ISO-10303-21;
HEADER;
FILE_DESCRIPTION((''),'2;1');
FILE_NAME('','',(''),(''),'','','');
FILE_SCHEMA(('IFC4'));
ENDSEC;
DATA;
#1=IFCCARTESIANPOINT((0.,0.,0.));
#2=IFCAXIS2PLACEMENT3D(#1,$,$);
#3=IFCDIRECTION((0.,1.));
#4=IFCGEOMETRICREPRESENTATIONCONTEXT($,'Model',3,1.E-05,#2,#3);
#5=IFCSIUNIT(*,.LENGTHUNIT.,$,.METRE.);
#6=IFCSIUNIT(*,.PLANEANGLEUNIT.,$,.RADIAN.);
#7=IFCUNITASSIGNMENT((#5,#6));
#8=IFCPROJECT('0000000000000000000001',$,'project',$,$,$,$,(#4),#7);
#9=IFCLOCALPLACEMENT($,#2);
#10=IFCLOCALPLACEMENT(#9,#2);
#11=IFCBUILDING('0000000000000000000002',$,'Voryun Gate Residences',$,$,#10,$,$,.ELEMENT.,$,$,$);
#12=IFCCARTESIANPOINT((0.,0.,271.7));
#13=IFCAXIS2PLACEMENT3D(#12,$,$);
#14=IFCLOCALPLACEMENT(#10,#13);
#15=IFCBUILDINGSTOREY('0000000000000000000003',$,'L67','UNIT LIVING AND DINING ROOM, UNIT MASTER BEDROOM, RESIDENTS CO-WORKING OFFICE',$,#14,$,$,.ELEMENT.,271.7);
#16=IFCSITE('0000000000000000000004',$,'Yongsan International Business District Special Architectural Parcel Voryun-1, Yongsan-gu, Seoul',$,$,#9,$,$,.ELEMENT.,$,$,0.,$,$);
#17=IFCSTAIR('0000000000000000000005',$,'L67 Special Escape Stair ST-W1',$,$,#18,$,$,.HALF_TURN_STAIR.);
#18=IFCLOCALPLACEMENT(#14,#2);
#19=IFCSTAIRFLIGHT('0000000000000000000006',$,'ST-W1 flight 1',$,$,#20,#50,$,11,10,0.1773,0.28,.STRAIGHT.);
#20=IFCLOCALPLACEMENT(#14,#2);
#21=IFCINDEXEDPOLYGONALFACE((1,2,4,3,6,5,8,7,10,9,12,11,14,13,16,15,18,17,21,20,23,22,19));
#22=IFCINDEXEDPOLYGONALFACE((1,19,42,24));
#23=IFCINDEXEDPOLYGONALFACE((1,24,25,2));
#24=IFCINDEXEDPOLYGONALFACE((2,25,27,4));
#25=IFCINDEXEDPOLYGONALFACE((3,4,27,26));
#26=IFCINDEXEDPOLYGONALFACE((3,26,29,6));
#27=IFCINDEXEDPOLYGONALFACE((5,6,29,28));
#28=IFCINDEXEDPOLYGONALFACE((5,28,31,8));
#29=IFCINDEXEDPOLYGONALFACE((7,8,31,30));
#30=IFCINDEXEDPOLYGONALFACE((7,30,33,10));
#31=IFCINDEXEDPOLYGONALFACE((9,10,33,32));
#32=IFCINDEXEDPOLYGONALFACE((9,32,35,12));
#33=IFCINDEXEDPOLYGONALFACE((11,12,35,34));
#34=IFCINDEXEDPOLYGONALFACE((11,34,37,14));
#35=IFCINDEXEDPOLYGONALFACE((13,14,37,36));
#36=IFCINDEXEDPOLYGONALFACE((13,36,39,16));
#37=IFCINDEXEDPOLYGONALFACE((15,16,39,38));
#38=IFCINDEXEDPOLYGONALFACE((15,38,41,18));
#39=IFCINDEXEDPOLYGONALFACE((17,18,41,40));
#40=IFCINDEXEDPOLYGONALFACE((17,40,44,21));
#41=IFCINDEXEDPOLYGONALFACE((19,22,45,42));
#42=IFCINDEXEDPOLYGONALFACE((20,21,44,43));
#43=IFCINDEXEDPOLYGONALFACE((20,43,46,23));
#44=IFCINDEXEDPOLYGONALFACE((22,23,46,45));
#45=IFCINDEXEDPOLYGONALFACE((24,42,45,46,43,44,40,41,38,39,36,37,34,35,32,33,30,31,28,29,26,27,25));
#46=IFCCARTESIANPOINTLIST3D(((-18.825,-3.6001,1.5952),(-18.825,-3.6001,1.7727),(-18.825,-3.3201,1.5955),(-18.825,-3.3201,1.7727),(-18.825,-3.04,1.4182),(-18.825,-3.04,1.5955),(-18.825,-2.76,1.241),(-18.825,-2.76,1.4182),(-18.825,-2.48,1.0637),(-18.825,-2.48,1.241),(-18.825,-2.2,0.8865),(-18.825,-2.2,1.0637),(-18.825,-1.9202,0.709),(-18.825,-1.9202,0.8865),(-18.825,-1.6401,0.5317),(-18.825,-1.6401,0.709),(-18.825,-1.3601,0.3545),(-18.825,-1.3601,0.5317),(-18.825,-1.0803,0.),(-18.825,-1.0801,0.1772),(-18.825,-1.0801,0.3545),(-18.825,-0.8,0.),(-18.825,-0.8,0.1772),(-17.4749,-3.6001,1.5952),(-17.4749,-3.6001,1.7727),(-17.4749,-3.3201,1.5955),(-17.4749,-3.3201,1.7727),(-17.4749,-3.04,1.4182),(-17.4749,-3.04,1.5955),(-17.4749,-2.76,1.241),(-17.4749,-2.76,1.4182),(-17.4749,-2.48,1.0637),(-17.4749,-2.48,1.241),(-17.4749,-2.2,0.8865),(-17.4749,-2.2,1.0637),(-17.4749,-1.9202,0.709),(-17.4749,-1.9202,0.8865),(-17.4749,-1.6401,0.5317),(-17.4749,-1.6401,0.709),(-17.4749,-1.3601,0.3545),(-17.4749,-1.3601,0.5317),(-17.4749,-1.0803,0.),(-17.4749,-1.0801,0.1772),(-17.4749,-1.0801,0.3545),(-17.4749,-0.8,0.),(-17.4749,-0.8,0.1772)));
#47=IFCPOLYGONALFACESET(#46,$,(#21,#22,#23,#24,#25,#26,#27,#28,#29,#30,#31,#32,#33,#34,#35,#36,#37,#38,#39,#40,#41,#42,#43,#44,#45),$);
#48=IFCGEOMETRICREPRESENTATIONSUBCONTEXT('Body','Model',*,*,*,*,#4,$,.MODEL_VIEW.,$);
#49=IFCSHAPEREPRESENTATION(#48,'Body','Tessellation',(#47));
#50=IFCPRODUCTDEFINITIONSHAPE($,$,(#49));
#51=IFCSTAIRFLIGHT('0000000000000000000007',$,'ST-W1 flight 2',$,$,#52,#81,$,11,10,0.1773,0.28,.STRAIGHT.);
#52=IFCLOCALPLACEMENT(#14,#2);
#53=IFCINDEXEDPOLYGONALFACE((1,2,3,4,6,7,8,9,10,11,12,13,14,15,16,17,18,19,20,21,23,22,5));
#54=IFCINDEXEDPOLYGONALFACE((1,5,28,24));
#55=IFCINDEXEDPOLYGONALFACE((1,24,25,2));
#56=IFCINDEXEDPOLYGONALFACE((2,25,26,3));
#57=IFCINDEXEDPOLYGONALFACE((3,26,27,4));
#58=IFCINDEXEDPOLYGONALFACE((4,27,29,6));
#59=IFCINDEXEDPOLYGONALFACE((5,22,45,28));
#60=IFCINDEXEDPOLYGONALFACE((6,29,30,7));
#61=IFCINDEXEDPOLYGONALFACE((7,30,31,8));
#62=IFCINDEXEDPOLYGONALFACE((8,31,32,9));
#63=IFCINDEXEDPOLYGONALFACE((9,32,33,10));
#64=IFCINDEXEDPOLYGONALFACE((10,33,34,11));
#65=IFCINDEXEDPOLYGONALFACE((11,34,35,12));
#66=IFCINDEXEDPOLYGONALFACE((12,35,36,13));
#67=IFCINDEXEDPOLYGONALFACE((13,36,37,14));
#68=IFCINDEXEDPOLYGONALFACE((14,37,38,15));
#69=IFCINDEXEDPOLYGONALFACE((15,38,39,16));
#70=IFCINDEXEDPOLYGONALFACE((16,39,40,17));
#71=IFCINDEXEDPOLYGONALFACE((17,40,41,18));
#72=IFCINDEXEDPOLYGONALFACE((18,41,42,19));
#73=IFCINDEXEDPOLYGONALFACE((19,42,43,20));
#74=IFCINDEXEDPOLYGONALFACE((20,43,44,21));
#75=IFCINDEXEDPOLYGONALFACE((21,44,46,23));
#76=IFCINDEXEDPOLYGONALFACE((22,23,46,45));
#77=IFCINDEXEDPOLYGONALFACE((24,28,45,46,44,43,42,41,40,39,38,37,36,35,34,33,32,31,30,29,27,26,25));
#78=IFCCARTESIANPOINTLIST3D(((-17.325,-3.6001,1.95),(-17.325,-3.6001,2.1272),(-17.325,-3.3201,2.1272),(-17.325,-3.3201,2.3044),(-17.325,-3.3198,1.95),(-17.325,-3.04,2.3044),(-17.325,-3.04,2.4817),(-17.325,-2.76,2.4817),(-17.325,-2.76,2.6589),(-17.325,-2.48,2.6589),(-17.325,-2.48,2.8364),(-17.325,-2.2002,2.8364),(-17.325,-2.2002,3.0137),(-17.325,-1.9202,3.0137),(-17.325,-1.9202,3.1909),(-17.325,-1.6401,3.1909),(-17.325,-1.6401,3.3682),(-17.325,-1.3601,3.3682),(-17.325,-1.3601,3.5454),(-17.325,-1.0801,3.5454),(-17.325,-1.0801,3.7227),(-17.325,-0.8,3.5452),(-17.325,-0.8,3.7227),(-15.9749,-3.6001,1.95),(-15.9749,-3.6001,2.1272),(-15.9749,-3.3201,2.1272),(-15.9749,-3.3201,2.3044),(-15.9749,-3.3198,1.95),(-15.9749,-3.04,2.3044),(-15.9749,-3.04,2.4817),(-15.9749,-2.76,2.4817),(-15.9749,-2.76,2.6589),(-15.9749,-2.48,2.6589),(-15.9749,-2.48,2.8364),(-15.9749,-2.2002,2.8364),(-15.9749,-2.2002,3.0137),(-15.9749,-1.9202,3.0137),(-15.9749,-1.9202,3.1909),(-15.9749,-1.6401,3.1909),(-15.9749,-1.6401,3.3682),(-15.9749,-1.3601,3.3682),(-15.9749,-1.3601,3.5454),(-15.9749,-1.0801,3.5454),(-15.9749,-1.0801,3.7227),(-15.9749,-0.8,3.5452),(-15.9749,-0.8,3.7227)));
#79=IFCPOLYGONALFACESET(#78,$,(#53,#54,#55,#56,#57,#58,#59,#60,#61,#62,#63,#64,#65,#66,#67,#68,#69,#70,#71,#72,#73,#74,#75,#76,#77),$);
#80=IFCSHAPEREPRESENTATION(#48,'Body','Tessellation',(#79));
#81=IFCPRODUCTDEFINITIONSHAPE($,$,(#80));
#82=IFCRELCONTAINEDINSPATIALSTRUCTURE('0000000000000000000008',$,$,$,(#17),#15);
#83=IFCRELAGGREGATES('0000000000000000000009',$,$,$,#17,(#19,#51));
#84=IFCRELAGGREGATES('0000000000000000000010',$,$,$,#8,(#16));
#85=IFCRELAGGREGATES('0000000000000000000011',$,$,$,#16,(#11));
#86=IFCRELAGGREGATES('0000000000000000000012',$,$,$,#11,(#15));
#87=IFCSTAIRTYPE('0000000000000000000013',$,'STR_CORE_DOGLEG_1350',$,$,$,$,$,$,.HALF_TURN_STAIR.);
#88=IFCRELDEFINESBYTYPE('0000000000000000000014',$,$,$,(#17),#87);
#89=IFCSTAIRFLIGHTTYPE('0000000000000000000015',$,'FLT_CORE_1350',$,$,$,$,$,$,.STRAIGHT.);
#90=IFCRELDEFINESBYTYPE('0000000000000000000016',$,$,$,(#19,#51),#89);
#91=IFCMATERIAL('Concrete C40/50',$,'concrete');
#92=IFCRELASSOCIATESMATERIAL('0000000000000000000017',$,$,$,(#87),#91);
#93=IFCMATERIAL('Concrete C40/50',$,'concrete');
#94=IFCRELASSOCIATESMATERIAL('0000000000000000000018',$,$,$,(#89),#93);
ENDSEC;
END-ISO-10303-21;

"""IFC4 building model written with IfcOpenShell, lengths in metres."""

from ifc_helpers import new_model, si_unit, direction, frame, origin, place, context, subcontext, project, spatial, polyline, outline, extrude, material, type_object, element, aggregate, save


model = new_model("IFC4")

# Units and contexts
model_context = context("Model", 3, precision=1e-05, world=origin(), true_north=direction((0.0, 1.0)))
body_context = subcontext(model_context, "Body", "Model", "MODEL_VIEW")
ifc_project = project(units=[si_unit("LENGTHUNIT", "METRE"), si_unit("PLANEANGLEUNIT", "RADIAN")], contexts=[model_context])

# Site, building, storey
site_placement = place(None, origin())
site = spatial("IfcSite", under=ifc_project, at=site_placement, Name="Yongsan International Business District Special Architectural Parcel Voryun-1, Yongsan-gu, Seoul", CompositionType="ELEMENT", RefElevation=0.0)
building_placement = place(site_placement, origin())
building = spatial("IfcBuilding", under=site, at=building_placement, Name="Voryun Gate Residences", CompositionType="ELEMENT")
storey_placement = place(building_placement, frame((0.0, 0.0, 271.7)))
storey = spatial("IfcBuildingStorey", under=building, at=storey_placement, Name="L67", Description="UNIT LIVING AND DINING ROOM, UNIT MASTER BEDROOM, RESIDENTS CO-WORKING OFFICE", CompositionType="ELEMENT", Elevation=271.7)

# Stair, stair flights
ifc_material_1 = material(Name="Concrete C40/50", Category="concrete")
stair_type = type_object("IfcStairType", Name="STR_CORE_DOGLEG_1350", PredefinedType="HALF_TURN_STAIR", material=ifc_material_1)
stair_placement = place(storey_placement, origin())
stair = element("IfcStair", 1, at=stair_placement, inside=storey, type_object=stair_type, Name="L67 Special Escape Stair ST-W1", PredefinedType="HALF_TURN_STAIR")
ifc_material_2 = material(Name="Concrete C40/50", Category="concrete")
stair_flight_type = type_object("IfcStairFlightType", Name="FLT_CORE_1350", PredefinedType="STRAIGHT", material=ifc_material_2)
stair_flight_1_placement = place(storey_placement, frame((-18.1499, -0.8, 0.0), z_axis=(0.0, 0.0, 1.0), x_axis=(0.0, -1.0, 0.0)))
stair_flight_1 = element("IfcStairFlight", 2, at=stair_flight_1_placement, type_object=stair_flight_type, Name="ST-W1 flight 1", NumberOfRisers=11, NumberOfTreads=10, PredefinedType="STRAIGHT", RiserHeight=0.1773, TreadLength=0.28, context=body_context, shape_type="SweptSolid", body=[
    extrude(outline(polyline([(0.0, 0.0), (0.0, 0.1772), (0.28, 0.1772), (0.28, 0.3545), (0.5601, 0.3545), (0.5601, 0.5317), (0.8401, 0.5317), (0.8401, 0.709), (1.1201, 0.709), (1.1201, 0.8865), (1.3999, 0.8865), (1.3999, 1.0637), (1.6799, 1.0637), (1.6799, 1.241), (1.96, 1.241), (1.96, 1.4182), (2.24, 1.4182), (2.24, 1.5955), (2.52, 1.5955), (2.52, 1.7727), (2.8, 1.7727), (2.8, 1.95), (2.8, 1.5952), (0.2803, 0.0), (0.0, 0.0)])), frame((0.0, 0.675, 0.0), z_axis=(0.0, -1.0, 0.0), x_axis=(1.0, 0.0, 0.0)), (0.0, 0.0, 1.0), 1.3501),
])
stair_flight_2_placement = place(storey_placement, frame((-16.6499, -3.6001, 1.95), z_axis=(0.0, 0.0, 1.0), x_axis=(0.0, 1.0, 0.0)))
stair_flight_2 = element("IfcStairFlight", 3, at=stair_flight_2_placement, type_object=stair_flight_type, Name="ST-W1 flight 2", NumberOfRisers=11, NumberOfTreads=10, PredefinedType="STRAIGHT", RiserHeight=0.1773, TreadLength=0.28, context=body_context, shape_type="SweptSolid", body=[
    extrude(outline(polyline([(0.0, 0.0), (0.0, 0.1772), (0.28, 0.1772), (0.28, 0.3545), (0.5601, 0.3545), (0.5601, 0.5317), (0.8401, 0.5317), (0.8401, 0.709), (1.1201, 0.709), (1.1201, 0.8865), (1.3999, 0.8865), (1.3999, 1.0637), (1.6799, 1.0637), (1.6799, 1.241), (1.96, 1.241), (1.96, 1.4182), (2.24, 1.4182), (2.24, 1.5955), (2.52, 1.5955), (2.52, 1.7727), (2.8, 1.7727), (2.8, 1.95), (2.8, 1.5952), (0.2803, 0.0), (0.0, 0.0)])), frame((0.0, 0.675, 0.0), z_axis=(0.0, -1.0, 0.0), x_axis=(1.0, 0.0, 0.0)), (0.0, 0.0, 1.0), 1.3501),
])
aggregate(stair, [stair_flight_1, stair_flight_2])

save(model, "model.ifc")
